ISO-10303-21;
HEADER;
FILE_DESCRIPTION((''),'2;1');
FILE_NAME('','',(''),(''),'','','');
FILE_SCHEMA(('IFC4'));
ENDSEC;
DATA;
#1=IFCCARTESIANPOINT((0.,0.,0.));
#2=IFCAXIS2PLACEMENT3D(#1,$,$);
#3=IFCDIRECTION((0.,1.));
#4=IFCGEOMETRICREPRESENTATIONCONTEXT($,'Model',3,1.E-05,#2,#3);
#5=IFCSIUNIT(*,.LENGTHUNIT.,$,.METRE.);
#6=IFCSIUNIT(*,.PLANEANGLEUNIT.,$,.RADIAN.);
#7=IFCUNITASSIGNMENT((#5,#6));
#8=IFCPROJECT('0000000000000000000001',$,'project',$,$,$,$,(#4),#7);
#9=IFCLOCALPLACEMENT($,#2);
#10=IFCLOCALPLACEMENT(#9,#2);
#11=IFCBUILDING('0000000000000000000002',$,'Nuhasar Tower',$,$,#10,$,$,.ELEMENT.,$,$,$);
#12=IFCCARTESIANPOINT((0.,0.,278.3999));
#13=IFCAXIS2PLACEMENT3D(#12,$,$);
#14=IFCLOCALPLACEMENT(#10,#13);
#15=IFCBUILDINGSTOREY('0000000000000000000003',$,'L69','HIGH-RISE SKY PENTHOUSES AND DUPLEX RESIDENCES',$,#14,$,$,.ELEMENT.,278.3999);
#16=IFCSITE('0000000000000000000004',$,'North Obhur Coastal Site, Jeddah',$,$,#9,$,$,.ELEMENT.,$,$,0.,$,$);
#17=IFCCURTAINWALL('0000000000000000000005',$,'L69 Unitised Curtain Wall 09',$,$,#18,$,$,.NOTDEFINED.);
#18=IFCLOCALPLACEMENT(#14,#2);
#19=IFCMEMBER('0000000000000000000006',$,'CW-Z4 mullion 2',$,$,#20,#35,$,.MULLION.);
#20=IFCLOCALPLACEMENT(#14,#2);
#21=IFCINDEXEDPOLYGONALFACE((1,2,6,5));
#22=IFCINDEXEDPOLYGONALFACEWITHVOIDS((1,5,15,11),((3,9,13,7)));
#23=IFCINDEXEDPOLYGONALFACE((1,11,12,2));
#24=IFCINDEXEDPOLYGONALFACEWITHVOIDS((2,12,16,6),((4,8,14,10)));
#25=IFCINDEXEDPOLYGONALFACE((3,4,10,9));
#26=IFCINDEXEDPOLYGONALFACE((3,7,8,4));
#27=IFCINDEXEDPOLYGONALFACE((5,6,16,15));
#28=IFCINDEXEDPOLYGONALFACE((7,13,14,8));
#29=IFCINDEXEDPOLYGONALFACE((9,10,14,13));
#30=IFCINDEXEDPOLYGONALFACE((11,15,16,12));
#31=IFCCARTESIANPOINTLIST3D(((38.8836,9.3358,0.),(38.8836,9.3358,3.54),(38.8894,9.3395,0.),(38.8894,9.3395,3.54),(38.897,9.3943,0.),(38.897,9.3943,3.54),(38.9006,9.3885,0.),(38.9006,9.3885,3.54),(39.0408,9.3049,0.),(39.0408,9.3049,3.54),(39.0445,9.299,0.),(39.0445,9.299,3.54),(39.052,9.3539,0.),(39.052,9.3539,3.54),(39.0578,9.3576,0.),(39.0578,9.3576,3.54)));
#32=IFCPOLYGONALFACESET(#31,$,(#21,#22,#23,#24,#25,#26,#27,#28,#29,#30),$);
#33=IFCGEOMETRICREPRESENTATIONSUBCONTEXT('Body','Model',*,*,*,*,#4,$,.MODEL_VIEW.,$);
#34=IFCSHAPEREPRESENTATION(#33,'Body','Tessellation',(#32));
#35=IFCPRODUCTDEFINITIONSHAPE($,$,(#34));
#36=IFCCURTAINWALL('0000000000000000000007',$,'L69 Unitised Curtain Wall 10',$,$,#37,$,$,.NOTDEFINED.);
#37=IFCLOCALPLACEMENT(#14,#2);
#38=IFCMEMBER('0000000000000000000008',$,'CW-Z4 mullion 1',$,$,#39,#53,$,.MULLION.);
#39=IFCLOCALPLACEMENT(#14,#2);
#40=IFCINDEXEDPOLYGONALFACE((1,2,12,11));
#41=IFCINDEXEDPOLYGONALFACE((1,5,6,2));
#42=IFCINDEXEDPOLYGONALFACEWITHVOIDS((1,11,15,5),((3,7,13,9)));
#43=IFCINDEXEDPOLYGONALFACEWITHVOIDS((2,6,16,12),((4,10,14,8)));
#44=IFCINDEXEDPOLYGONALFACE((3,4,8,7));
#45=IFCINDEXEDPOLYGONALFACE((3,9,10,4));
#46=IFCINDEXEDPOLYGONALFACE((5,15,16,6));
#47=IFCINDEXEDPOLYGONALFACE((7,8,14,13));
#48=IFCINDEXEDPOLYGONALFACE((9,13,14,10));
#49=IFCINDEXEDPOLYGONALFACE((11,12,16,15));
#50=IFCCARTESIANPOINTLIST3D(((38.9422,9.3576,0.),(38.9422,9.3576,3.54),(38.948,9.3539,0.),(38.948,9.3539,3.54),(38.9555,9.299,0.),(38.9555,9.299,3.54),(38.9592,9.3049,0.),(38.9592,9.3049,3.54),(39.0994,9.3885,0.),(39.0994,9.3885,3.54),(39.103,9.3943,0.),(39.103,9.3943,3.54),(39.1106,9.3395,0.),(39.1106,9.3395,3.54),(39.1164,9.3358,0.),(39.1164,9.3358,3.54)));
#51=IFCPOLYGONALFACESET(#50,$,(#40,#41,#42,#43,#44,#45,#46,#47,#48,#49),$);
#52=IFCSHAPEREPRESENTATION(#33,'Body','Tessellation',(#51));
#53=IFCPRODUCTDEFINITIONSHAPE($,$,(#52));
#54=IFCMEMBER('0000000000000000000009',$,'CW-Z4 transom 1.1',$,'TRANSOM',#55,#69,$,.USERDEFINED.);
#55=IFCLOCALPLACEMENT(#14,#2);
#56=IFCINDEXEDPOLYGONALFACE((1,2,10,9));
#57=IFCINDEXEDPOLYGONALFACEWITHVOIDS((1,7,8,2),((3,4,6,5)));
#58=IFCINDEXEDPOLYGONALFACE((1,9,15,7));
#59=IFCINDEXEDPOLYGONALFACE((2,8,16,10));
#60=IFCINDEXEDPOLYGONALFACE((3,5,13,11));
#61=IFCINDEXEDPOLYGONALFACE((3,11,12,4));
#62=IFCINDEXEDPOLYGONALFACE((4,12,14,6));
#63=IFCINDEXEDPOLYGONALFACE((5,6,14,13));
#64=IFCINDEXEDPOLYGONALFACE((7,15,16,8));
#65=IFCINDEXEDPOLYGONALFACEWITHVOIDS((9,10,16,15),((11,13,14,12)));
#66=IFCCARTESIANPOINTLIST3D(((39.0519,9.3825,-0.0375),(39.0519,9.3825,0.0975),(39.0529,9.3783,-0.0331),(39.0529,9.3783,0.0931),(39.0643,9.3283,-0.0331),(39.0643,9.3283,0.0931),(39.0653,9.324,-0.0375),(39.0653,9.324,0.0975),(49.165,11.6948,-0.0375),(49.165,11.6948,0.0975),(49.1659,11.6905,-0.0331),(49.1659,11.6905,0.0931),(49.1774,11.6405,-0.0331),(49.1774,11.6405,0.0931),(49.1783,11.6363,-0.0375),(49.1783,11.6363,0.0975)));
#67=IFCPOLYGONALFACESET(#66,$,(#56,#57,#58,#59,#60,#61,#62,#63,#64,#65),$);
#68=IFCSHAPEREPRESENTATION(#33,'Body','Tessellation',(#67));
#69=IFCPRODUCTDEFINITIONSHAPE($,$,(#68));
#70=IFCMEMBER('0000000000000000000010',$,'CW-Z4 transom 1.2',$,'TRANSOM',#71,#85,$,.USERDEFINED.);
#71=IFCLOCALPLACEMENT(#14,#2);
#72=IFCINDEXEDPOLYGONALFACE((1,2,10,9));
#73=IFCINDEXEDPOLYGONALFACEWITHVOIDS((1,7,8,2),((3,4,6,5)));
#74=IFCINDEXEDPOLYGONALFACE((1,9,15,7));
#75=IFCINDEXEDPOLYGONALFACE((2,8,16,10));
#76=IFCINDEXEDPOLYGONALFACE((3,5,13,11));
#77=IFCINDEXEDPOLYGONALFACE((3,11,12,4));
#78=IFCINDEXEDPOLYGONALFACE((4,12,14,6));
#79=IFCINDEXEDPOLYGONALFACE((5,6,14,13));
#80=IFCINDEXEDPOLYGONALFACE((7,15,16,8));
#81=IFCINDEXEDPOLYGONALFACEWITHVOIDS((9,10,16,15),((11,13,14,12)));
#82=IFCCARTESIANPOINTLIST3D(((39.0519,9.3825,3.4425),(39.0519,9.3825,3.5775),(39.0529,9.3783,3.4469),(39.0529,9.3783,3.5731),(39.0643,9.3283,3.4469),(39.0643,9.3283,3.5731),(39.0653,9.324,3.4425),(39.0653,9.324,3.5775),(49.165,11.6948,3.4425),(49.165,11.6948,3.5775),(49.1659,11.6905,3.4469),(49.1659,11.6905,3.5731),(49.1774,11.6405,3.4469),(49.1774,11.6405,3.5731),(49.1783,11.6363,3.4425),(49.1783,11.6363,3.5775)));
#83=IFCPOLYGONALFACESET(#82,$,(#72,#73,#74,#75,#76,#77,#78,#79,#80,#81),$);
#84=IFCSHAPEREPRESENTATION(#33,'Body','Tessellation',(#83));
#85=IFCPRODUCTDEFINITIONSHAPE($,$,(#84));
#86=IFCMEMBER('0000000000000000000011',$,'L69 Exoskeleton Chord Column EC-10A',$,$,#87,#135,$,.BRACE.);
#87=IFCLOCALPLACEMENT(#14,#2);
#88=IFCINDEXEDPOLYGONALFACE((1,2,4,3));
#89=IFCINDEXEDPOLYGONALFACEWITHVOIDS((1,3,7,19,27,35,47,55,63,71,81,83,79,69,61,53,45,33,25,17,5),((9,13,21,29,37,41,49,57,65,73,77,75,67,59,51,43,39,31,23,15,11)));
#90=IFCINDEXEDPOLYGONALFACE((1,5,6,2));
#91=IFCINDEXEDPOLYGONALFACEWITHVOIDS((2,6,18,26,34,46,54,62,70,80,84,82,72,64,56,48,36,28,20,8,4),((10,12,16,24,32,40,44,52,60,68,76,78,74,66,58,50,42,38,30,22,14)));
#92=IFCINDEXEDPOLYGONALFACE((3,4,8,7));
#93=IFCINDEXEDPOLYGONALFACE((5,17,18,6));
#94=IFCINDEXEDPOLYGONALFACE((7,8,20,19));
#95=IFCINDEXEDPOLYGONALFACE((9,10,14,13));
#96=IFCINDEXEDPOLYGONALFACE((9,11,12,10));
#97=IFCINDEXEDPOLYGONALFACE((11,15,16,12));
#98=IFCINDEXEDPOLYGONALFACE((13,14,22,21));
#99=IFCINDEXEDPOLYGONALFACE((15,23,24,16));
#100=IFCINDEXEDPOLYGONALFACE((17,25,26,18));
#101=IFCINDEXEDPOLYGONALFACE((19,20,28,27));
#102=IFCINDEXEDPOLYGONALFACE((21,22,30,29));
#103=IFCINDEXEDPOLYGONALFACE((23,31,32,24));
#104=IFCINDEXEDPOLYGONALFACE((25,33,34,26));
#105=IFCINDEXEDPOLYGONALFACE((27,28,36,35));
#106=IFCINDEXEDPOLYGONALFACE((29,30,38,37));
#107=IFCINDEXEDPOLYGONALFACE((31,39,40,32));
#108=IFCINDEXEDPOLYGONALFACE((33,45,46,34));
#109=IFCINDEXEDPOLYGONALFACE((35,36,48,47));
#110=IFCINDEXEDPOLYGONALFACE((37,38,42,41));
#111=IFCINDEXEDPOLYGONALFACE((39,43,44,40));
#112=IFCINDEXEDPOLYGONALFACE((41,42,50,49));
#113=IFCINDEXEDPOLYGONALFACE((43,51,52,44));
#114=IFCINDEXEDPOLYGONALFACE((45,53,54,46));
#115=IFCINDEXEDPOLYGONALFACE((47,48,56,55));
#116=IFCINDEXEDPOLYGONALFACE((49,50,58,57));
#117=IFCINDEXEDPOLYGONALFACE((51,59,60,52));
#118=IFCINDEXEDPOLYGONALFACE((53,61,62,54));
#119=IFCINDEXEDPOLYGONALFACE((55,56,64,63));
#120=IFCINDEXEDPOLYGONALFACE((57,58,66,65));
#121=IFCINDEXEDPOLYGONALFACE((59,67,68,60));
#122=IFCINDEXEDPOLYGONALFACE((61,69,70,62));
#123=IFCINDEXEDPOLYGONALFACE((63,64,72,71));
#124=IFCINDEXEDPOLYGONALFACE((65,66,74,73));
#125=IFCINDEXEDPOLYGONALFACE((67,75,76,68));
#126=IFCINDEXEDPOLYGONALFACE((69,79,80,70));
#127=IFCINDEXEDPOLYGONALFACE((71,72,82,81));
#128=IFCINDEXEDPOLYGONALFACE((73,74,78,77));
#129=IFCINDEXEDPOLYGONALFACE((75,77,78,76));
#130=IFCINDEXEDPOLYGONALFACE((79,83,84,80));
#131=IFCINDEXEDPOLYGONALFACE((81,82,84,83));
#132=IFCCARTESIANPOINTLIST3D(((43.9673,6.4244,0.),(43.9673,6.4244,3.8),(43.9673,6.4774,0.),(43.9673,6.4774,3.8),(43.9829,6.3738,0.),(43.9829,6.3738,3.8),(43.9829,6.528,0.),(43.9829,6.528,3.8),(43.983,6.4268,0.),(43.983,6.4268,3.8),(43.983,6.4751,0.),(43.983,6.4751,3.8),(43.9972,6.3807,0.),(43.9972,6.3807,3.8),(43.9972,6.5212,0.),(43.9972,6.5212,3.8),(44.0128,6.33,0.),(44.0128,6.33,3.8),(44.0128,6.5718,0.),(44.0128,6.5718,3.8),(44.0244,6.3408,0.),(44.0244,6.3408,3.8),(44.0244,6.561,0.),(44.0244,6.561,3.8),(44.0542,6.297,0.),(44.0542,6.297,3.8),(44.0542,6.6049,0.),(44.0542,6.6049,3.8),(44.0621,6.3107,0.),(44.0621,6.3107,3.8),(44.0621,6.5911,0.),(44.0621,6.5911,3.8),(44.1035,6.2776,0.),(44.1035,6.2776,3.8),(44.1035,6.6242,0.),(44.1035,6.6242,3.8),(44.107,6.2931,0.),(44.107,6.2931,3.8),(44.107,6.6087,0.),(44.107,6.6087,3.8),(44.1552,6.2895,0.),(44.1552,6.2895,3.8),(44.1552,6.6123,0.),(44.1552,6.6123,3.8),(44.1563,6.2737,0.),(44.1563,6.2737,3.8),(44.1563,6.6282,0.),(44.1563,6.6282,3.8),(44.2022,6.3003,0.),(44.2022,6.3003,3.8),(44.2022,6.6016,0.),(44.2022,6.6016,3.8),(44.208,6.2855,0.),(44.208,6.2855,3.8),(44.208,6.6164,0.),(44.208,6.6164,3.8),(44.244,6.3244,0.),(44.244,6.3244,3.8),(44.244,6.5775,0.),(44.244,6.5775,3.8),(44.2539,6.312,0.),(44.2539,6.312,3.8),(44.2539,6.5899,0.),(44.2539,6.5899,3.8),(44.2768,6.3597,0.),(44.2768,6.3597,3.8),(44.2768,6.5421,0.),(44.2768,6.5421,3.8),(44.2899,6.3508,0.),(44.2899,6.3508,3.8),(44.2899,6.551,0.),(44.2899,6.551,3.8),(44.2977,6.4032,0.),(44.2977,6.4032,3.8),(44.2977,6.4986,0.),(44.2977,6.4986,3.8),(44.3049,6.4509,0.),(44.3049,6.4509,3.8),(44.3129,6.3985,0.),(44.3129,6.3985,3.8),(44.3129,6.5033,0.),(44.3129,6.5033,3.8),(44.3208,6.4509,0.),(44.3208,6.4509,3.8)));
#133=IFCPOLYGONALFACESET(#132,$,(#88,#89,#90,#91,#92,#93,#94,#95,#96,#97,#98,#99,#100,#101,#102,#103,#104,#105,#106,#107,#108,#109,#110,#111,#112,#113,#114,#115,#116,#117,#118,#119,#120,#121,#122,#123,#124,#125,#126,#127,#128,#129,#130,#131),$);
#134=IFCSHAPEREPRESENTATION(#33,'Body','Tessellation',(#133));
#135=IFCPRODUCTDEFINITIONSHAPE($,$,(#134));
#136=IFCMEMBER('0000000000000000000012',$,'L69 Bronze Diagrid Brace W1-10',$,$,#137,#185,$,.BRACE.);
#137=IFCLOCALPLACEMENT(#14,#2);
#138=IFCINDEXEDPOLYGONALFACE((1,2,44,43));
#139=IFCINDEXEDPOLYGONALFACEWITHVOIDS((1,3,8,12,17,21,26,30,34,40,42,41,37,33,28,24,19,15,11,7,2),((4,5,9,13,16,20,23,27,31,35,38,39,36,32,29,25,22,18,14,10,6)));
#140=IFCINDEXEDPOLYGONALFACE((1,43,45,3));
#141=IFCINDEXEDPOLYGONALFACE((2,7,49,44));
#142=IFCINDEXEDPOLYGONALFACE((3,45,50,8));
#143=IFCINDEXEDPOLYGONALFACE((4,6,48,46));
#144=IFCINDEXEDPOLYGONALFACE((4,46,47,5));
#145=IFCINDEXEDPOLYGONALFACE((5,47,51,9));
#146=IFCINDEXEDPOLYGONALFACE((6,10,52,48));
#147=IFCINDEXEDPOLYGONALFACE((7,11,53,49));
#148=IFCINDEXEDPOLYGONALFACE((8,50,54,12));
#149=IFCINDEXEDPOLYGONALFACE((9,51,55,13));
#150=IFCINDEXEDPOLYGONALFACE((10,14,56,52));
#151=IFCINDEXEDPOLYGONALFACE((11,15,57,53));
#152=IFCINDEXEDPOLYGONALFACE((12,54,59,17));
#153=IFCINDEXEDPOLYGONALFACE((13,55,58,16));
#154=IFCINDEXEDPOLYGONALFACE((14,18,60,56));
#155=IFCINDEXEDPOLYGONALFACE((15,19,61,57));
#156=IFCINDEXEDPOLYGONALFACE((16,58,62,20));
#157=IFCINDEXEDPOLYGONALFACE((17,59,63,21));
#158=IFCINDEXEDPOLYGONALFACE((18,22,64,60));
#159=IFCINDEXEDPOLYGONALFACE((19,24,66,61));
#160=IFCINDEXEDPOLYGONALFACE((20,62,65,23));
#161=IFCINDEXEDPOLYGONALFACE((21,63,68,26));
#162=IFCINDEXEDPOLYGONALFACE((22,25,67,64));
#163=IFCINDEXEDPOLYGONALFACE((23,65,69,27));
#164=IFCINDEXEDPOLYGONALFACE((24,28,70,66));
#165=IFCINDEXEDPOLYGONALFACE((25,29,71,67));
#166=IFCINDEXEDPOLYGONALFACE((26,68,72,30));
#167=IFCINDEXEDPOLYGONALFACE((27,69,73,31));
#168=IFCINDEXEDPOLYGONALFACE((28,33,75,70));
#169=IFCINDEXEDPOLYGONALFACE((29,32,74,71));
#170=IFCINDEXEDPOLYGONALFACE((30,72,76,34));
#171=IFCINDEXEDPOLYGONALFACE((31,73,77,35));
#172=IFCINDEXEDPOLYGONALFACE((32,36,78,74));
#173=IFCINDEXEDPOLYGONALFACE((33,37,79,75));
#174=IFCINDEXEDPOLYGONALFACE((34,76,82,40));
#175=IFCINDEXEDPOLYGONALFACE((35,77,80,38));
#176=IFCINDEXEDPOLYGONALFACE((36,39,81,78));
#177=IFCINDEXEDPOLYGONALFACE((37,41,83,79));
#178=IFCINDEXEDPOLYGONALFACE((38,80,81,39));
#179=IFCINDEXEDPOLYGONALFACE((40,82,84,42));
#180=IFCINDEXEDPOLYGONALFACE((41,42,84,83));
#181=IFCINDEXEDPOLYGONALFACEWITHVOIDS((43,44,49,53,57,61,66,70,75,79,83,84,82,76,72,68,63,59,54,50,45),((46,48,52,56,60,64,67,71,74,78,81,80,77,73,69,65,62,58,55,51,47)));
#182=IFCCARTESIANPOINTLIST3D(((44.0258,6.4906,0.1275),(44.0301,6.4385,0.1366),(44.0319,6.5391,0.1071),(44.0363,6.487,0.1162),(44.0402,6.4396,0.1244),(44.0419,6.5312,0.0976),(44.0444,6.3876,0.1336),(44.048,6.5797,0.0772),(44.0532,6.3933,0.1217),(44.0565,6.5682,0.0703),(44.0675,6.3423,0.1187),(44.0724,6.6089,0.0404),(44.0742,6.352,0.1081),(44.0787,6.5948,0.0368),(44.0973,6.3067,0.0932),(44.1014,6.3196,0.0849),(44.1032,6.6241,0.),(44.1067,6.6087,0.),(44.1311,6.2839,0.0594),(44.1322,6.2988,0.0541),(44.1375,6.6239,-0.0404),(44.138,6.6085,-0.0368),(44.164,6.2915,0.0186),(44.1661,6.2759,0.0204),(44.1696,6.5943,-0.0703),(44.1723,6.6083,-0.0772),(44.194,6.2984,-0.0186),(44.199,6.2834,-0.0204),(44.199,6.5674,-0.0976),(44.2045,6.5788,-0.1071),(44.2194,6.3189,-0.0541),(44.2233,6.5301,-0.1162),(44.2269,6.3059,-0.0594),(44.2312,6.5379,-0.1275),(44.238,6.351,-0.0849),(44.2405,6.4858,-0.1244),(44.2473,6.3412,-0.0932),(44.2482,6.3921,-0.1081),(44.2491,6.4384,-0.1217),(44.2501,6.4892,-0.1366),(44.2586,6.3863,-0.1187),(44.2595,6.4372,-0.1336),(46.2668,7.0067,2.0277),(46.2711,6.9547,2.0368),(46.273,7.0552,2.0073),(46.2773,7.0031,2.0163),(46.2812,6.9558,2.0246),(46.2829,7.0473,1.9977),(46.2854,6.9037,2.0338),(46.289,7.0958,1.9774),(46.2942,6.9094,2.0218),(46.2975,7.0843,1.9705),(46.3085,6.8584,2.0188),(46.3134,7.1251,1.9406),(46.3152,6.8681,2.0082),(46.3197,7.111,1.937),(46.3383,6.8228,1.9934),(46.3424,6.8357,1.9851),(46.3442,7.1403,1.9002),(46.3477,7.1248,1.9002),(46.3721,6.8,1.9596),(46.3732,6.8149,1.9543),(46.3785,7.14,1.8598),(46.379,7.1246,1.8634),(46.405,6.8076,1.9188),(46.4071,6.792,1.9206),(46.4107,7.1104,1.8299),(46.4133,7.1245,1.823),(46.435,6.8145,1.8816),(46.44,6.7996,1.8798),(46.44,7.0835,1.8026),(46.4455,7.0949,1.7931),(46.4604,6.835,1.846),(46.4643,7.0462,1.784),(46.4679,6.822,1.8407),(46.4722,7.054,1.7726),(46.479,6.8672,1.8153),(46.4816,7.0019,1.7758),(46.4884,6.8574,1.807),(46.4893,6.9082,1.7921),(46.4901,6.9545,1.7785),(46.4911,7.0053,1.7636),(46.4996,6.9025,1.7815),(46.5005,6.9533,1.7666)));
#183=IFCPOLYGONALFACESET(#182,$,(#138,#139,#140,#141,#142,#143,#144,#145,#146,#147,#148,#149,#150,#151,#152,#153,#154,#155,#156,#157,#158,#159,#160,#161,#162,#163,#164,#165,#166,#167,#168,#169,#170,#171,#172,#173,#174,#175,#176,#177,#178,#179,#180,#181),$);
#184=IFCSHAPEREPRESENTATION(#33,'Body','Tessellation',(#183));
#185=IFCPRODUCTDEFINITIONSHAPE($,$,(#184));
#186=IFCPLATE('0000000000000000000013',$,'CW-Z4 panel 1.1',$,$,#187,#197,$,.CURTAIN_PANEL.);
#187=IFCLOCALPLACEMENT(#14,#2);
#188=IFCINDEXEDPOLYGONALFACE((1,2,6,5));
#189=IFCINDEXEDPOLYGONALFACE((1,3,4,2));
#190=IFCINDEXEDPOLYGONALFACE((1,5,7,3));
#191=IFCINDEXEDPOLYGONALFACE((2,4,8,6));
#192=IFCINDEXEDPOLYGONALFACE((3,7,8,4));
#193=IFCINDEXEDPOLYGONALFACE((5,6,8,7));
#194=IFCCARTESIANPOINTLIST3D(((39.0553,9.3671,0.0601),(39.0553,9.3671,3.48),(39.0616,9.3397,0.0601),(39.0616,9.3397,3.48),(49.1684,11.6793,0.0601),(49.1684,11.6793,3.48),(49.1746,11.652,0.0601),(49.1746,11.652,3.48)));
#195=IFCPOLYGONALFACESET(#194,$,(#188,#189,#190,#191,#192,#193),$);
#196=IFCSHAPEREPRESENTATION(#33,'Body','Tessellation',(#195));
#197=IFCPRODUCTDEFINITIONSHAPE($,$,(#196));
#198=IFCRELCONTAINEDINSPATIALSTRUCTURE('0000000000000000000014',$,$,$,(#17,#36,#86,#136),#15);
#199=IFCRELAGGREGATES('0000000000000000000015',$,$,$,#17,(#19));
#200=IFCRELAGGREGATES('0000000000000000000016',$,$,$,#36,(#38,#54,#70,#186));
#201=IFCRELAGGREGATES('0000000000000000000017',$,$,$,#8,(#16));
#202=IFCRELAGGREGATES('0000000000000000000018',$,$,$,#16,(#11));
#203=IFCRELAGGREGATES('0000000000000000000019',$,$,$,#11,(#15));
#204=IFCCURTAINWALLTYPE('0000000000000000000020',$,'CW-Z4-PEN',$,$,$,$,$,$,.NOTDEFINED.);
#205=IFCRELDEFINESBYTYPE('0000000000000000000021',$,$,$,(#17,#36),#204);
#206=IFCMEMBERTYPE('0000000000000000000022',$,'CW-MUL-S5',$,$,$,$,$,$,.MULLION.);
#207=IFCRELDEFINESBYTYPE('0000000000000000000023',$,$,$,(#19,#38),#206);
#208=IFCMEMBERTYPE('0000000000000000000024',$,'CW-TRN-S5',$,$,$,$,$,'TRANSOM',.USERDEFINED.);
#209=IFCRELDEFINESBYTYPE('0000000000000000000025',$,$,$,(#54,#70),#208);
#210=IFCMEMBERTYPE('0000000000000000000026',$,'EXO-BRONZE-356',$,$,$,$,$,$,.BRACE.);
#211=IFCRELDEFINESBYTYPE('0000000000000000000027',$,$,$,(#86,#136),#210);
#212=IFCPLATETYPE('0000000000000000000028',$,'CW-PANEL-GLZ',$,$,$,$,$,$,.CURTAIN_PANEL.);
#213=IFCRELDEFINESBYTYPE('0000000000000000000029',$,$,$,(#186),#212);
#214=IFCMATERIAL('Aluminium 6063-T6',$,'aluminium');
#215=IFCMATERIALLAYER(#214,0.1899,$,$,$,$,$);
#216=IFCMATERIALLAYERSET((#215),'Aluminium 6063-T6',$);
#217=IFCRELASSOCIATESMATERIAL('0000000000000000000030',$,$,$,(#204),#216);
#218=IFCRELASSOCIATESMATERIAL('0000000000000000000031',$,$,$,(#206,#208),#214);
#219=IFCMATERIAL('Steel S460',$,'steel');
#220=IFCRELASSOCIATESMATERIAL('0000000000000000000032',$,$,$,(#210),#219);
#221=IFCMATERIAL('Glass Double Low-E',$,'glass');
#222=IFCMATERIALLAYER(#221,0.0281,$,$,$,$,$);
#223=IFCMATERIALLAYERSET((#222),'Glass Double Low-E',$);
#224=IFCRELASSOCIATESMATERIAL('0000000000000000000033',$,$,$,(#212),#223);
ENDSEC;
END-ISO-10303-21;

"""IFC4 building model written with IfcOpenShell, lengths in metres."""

from ifc_helpers import new_model, si_unit, direction, frame, origin, origin_2d, place, context, subcontext, project, spatial, rectangle, hollow_rectangle, hollow_circle, extrude, material, layer, layer_set, material_profile, profile_set, type_object, element, aggregate, save


model = new_model("IFC4")

# Units and contexts
model_context = context("Model", 3, precision=1e-05, world=origin(), true_north=direction((0.0, 1.0)))
body_context = subcontext(model_context, "Body", "Model", "MODEL_VIEW")
ifc_project = project(units=[si_unit("LENGTHUNIT", "METRE"), si_unit("PLANEANGLEUNIT", "RADIAN")], contexts=[model_context])

# Site, building, storey
site_placement = place(None, origin())
site = spatial("IfcSite", under=ifc_project, at=site_placement, Name="North Obhur Coastal Site, Jeddah", CompositionType="ELEMENT", RefElevation=0.0)
building_placement = place(site_placement, origin())
building = spatial("IfcBuilding", under=site, at=building_placement, Name="Nuhasar Tower", CompositionType="ELEMENT")
storey_placement = place(building_placement, frame((0.0, 0.0, 278.3999)))
storey = spatial("IfcBuildingStorey", under=building, at=storey_placement, Name="L69", Description="HIGH-RISE SKY PENTHOUSES AND DUPLEX RESIDENCES", CompositionType="ELEMENT", Elevation=278.3999)

# Curtain wall, member
ifc_material_1 = material(Name="Aluminium 6063-T6", Category="aluminium")
ifc_layer_1 = layer(ifc_material_1, 0.1899)
ifc_layer_set_1 = layer_set([ifc_layer_1], Name="Aluminium 6063-T6")
curtain_wall_type = type_object("IfcCurtainWallType", Name="CW-Z4-PEN", PredefinedType="NOTDEFINED", material=ifc_layer_set_1)
curtain_wall_1_placement = place(storey_placement, origin())
curtain_wall_1 = element("IfcCurtainWall", 1, at=curtain_wall_1_placement, inside=storey, type_object=curtain_wall_type, Name="L69 Unitised Curtain Wall 09", PredefinedType="NOTDEFINED")
ifc_material_profile_1 = material_profile(ifc_material_1, hollow_rectangle(XDim=0.0601, YDim=0.165, WallThickness=0.0049, at=origin_2d()), Name="CWM-5")
ifc_profile_set_1 = profile_set([ifc_material_profile_1], Name="Aluminium 6063-T6")
member_type_1 = type_object("IfcMemberType", Name="CW-MUL-S5", PredefinedType="MULLION", material=ifc_profile_set_1)
member_1_placement = place(storey_placement, frame((38.9707, 9.3467, 0.0), z_axis=(0.0, 0.0, 1.0), x_axis=(0.222889, 0.974844, 0.0)))
member_1 = element("IfcMember", 2, at=member_1_placement, type_object=member_type_1, Name="CW-Z4 mullion 2", PredefinedType="MULLION", context=body_context, shape_type="SweptSolid", body=[
    extrude(hollow_rectangle(XDim=0.0601, YDim=0.165, WallThickness=0.0049, at=origin_2d()), origin(), (0.0, 0.0, 1.0), 3.54),
])
aggregate(curtain_wall_1, [member_1])

# Curtain wall, members
curtain_wall_2_placement = place(storey_placement, origin())
curtain_wall_2 = element("IfcCurtainWall", 3, at=curtain_wall_2_placement, inside=storey, type_object=curtain_wall_type, Name="L69 Unitised Curtain Wall 10", PredefinedType="NOTDEFINED")
member_2_placement = place(storey_placement, frame((39.0293, 9.3467, 0.0), z_axis=(0.0, 0.0, 1.0), x_axis=(-0.222889, 0.974844, 0.0)))
member_2 = element("IfcMember", 4, at=member_2_placement, type_object=member_type_1, Name="CW-Z4 mullion 1", PredefinedType="MULLION", context=body_context, shape_type="SweptSolid", body=[
    extrude(hollow_rectangle(XDim=0.0601, YDim=0.165, WallThickness=0.0049, at=origin_2d()), origin(), (0.0, 0.0, 1.0), 3.54),
])
ifc_material_profile_2 = material_profile(ifc_material_1, hollow_rectangle(XDim=0.0601, YDim=0.135, WallThickness=0.0044, at=origin_2d()), Name="CWT-5")
ifc_profile_set_2 = profile_set([ifc_material_profile_2], Name="Aluminium 6063-T6")
member_type_2 = type_object("IfcMemberType", Name="CW-TRN-S5", ElementType="TRANSOM", PredefinedType="USERDEFINED", material=ifc_profile_set_2)
member_3_placement = place(storey_placement, frame((39.0586, 9.3533, 0.03), z_axis=(0.974844, 0.222889, 0.0), x_axis=(-0.222889, 0.974844, 0.0)))
member_3 = element("IfcMember", 5, at=member_3_placement, type_object=member_type_2, Name="CW-Z4 transom 1.1", ObjectType="TRANSOM", PredefinedType="USERDEFINED", context=body_context, shape_type="SweptSolid", body=[
    extrude(hollow_rectangle(XDim=0.0601, YDim=0.135, WallThickness=0.0044, at=origin_2d()), origin(), (0.0, 0.0, 1.0), 10.374),
])
member_4_placement = place(storey_placement, frame((39.0586, 9.3533, 3.51), z_axis=(0.974844, 0.222889, 0.0), x_axis=(-0.222889, 0.974844, 0.0)))
member_4 = element("IfcMember", 6, at=member_4_placement, type_object=member_type_2, Name="CW-Z4 transom 1.2", ObjectType="TRANSOM", PredefinedType="USERDEFINED", context=body_context, shape_type="SweptSolid", body=[
    extrude(hollow_rectangle(XDim=0.0601, YDim=0.135, WallThickness=0.0044, at=origin_2d()), origin(), (0.0, 0.0, 1.0), 10.374),
])

# Members
ifc_material_2 = material(Name="Steel S460", Category="steel")
ifc_material_profile_3 = material_profile(ifc_material_2, hollow_circle(Radius=0.1777, WallThickness=0.0159, at=origin_2d()), Name="HSS355.6X15.9")
ifc_profile_set_3 = profile_set([ifc_material_profile_3], Name="Steel S460")
member_type_3 = type_object("IfcMemberType", Name="EXO-BRONZE-356", PredefinedType="BRACE", material=ifc_profile_set_3)
member_5_placement = place(storey_placement, frame((44.1431, 6.4509, 0.0), z_axis=(0.0, 0.0, 1.0), x_axis=(1.0, 0.0, 0.0)))
element("IfcMember", 7, at=member_5_placement, inside=storey, type_object=member_type_3, Name="L69 Exoskeleton Chord Column EC-10A", PredefinedType="BRACE", context=body_context, shape_type="SweptSolid", body=[
    extrude(hollow_circle(Radius=0.1777, WallThickness=0.0159, at=origin_2d()), origin(), (0.0, 0.0, 1.0), 3.8),
])
member_6_placement = place(storey_placement, frame((44.1431, 6.4509, 0.0), z_axis=(0.751222, 0.173013, 0.636971), x_axis=(-0.224433, 0.97449, 0.0)))
element("IfcMember", 8, at=member_6_placement, inside=storey, type_object=member_type_3, Name="L69 Bronze Diagrid Brace W1-10", PredefinedType="BRACE", context=body_context, shape_type="SweptSolid", body=[
    extrude(hollow_circle(Radius=0.1777, WallThickness=0.0159, at=origin_2d()), origin(), (0.0, 0.0, 1.0), 2.9832),
])

# Plate
ifc_material_3 = material(Name="Glass Double Low-E", Category="glass")
ifc_layer_2 = layer(ifc_material_3, 0.0281)
ifc_layer_set_2 = layer_set([ifc_layer_2], Name="Glass Double Low-E")
plate_type = type_object("IfcPlateType", Name="CW-PANEL-GLZ", PredefinedType="CURTAIN_PANEL", material=ifc_layer_set_2)
plate_placement = place(storey_placement, frame((44.115, 10.5095, 0.0601), z_axis=(0.0, 0.0, 1.0), x_axis=(0.974844, 0.222889, 0.0)))
plate = element("IfcPlate", 9, at=plate_placement, type_object=plate_type, Name="CW-Z4 panel 1.1", PredefinedType="CURTAIN_PANEL", context=body_context, shape_type="SweptSolid", body=[
    extrude(rectangle(XDim=10.374, YDim=0.0281, at=origin_2d()), origin(), (0.0, 0.0, 1.0), 3.4199),
])
aggregate(curtain_wall_2, [member_2, member_3, member_4, plate])

save(model, "model.ifc")
